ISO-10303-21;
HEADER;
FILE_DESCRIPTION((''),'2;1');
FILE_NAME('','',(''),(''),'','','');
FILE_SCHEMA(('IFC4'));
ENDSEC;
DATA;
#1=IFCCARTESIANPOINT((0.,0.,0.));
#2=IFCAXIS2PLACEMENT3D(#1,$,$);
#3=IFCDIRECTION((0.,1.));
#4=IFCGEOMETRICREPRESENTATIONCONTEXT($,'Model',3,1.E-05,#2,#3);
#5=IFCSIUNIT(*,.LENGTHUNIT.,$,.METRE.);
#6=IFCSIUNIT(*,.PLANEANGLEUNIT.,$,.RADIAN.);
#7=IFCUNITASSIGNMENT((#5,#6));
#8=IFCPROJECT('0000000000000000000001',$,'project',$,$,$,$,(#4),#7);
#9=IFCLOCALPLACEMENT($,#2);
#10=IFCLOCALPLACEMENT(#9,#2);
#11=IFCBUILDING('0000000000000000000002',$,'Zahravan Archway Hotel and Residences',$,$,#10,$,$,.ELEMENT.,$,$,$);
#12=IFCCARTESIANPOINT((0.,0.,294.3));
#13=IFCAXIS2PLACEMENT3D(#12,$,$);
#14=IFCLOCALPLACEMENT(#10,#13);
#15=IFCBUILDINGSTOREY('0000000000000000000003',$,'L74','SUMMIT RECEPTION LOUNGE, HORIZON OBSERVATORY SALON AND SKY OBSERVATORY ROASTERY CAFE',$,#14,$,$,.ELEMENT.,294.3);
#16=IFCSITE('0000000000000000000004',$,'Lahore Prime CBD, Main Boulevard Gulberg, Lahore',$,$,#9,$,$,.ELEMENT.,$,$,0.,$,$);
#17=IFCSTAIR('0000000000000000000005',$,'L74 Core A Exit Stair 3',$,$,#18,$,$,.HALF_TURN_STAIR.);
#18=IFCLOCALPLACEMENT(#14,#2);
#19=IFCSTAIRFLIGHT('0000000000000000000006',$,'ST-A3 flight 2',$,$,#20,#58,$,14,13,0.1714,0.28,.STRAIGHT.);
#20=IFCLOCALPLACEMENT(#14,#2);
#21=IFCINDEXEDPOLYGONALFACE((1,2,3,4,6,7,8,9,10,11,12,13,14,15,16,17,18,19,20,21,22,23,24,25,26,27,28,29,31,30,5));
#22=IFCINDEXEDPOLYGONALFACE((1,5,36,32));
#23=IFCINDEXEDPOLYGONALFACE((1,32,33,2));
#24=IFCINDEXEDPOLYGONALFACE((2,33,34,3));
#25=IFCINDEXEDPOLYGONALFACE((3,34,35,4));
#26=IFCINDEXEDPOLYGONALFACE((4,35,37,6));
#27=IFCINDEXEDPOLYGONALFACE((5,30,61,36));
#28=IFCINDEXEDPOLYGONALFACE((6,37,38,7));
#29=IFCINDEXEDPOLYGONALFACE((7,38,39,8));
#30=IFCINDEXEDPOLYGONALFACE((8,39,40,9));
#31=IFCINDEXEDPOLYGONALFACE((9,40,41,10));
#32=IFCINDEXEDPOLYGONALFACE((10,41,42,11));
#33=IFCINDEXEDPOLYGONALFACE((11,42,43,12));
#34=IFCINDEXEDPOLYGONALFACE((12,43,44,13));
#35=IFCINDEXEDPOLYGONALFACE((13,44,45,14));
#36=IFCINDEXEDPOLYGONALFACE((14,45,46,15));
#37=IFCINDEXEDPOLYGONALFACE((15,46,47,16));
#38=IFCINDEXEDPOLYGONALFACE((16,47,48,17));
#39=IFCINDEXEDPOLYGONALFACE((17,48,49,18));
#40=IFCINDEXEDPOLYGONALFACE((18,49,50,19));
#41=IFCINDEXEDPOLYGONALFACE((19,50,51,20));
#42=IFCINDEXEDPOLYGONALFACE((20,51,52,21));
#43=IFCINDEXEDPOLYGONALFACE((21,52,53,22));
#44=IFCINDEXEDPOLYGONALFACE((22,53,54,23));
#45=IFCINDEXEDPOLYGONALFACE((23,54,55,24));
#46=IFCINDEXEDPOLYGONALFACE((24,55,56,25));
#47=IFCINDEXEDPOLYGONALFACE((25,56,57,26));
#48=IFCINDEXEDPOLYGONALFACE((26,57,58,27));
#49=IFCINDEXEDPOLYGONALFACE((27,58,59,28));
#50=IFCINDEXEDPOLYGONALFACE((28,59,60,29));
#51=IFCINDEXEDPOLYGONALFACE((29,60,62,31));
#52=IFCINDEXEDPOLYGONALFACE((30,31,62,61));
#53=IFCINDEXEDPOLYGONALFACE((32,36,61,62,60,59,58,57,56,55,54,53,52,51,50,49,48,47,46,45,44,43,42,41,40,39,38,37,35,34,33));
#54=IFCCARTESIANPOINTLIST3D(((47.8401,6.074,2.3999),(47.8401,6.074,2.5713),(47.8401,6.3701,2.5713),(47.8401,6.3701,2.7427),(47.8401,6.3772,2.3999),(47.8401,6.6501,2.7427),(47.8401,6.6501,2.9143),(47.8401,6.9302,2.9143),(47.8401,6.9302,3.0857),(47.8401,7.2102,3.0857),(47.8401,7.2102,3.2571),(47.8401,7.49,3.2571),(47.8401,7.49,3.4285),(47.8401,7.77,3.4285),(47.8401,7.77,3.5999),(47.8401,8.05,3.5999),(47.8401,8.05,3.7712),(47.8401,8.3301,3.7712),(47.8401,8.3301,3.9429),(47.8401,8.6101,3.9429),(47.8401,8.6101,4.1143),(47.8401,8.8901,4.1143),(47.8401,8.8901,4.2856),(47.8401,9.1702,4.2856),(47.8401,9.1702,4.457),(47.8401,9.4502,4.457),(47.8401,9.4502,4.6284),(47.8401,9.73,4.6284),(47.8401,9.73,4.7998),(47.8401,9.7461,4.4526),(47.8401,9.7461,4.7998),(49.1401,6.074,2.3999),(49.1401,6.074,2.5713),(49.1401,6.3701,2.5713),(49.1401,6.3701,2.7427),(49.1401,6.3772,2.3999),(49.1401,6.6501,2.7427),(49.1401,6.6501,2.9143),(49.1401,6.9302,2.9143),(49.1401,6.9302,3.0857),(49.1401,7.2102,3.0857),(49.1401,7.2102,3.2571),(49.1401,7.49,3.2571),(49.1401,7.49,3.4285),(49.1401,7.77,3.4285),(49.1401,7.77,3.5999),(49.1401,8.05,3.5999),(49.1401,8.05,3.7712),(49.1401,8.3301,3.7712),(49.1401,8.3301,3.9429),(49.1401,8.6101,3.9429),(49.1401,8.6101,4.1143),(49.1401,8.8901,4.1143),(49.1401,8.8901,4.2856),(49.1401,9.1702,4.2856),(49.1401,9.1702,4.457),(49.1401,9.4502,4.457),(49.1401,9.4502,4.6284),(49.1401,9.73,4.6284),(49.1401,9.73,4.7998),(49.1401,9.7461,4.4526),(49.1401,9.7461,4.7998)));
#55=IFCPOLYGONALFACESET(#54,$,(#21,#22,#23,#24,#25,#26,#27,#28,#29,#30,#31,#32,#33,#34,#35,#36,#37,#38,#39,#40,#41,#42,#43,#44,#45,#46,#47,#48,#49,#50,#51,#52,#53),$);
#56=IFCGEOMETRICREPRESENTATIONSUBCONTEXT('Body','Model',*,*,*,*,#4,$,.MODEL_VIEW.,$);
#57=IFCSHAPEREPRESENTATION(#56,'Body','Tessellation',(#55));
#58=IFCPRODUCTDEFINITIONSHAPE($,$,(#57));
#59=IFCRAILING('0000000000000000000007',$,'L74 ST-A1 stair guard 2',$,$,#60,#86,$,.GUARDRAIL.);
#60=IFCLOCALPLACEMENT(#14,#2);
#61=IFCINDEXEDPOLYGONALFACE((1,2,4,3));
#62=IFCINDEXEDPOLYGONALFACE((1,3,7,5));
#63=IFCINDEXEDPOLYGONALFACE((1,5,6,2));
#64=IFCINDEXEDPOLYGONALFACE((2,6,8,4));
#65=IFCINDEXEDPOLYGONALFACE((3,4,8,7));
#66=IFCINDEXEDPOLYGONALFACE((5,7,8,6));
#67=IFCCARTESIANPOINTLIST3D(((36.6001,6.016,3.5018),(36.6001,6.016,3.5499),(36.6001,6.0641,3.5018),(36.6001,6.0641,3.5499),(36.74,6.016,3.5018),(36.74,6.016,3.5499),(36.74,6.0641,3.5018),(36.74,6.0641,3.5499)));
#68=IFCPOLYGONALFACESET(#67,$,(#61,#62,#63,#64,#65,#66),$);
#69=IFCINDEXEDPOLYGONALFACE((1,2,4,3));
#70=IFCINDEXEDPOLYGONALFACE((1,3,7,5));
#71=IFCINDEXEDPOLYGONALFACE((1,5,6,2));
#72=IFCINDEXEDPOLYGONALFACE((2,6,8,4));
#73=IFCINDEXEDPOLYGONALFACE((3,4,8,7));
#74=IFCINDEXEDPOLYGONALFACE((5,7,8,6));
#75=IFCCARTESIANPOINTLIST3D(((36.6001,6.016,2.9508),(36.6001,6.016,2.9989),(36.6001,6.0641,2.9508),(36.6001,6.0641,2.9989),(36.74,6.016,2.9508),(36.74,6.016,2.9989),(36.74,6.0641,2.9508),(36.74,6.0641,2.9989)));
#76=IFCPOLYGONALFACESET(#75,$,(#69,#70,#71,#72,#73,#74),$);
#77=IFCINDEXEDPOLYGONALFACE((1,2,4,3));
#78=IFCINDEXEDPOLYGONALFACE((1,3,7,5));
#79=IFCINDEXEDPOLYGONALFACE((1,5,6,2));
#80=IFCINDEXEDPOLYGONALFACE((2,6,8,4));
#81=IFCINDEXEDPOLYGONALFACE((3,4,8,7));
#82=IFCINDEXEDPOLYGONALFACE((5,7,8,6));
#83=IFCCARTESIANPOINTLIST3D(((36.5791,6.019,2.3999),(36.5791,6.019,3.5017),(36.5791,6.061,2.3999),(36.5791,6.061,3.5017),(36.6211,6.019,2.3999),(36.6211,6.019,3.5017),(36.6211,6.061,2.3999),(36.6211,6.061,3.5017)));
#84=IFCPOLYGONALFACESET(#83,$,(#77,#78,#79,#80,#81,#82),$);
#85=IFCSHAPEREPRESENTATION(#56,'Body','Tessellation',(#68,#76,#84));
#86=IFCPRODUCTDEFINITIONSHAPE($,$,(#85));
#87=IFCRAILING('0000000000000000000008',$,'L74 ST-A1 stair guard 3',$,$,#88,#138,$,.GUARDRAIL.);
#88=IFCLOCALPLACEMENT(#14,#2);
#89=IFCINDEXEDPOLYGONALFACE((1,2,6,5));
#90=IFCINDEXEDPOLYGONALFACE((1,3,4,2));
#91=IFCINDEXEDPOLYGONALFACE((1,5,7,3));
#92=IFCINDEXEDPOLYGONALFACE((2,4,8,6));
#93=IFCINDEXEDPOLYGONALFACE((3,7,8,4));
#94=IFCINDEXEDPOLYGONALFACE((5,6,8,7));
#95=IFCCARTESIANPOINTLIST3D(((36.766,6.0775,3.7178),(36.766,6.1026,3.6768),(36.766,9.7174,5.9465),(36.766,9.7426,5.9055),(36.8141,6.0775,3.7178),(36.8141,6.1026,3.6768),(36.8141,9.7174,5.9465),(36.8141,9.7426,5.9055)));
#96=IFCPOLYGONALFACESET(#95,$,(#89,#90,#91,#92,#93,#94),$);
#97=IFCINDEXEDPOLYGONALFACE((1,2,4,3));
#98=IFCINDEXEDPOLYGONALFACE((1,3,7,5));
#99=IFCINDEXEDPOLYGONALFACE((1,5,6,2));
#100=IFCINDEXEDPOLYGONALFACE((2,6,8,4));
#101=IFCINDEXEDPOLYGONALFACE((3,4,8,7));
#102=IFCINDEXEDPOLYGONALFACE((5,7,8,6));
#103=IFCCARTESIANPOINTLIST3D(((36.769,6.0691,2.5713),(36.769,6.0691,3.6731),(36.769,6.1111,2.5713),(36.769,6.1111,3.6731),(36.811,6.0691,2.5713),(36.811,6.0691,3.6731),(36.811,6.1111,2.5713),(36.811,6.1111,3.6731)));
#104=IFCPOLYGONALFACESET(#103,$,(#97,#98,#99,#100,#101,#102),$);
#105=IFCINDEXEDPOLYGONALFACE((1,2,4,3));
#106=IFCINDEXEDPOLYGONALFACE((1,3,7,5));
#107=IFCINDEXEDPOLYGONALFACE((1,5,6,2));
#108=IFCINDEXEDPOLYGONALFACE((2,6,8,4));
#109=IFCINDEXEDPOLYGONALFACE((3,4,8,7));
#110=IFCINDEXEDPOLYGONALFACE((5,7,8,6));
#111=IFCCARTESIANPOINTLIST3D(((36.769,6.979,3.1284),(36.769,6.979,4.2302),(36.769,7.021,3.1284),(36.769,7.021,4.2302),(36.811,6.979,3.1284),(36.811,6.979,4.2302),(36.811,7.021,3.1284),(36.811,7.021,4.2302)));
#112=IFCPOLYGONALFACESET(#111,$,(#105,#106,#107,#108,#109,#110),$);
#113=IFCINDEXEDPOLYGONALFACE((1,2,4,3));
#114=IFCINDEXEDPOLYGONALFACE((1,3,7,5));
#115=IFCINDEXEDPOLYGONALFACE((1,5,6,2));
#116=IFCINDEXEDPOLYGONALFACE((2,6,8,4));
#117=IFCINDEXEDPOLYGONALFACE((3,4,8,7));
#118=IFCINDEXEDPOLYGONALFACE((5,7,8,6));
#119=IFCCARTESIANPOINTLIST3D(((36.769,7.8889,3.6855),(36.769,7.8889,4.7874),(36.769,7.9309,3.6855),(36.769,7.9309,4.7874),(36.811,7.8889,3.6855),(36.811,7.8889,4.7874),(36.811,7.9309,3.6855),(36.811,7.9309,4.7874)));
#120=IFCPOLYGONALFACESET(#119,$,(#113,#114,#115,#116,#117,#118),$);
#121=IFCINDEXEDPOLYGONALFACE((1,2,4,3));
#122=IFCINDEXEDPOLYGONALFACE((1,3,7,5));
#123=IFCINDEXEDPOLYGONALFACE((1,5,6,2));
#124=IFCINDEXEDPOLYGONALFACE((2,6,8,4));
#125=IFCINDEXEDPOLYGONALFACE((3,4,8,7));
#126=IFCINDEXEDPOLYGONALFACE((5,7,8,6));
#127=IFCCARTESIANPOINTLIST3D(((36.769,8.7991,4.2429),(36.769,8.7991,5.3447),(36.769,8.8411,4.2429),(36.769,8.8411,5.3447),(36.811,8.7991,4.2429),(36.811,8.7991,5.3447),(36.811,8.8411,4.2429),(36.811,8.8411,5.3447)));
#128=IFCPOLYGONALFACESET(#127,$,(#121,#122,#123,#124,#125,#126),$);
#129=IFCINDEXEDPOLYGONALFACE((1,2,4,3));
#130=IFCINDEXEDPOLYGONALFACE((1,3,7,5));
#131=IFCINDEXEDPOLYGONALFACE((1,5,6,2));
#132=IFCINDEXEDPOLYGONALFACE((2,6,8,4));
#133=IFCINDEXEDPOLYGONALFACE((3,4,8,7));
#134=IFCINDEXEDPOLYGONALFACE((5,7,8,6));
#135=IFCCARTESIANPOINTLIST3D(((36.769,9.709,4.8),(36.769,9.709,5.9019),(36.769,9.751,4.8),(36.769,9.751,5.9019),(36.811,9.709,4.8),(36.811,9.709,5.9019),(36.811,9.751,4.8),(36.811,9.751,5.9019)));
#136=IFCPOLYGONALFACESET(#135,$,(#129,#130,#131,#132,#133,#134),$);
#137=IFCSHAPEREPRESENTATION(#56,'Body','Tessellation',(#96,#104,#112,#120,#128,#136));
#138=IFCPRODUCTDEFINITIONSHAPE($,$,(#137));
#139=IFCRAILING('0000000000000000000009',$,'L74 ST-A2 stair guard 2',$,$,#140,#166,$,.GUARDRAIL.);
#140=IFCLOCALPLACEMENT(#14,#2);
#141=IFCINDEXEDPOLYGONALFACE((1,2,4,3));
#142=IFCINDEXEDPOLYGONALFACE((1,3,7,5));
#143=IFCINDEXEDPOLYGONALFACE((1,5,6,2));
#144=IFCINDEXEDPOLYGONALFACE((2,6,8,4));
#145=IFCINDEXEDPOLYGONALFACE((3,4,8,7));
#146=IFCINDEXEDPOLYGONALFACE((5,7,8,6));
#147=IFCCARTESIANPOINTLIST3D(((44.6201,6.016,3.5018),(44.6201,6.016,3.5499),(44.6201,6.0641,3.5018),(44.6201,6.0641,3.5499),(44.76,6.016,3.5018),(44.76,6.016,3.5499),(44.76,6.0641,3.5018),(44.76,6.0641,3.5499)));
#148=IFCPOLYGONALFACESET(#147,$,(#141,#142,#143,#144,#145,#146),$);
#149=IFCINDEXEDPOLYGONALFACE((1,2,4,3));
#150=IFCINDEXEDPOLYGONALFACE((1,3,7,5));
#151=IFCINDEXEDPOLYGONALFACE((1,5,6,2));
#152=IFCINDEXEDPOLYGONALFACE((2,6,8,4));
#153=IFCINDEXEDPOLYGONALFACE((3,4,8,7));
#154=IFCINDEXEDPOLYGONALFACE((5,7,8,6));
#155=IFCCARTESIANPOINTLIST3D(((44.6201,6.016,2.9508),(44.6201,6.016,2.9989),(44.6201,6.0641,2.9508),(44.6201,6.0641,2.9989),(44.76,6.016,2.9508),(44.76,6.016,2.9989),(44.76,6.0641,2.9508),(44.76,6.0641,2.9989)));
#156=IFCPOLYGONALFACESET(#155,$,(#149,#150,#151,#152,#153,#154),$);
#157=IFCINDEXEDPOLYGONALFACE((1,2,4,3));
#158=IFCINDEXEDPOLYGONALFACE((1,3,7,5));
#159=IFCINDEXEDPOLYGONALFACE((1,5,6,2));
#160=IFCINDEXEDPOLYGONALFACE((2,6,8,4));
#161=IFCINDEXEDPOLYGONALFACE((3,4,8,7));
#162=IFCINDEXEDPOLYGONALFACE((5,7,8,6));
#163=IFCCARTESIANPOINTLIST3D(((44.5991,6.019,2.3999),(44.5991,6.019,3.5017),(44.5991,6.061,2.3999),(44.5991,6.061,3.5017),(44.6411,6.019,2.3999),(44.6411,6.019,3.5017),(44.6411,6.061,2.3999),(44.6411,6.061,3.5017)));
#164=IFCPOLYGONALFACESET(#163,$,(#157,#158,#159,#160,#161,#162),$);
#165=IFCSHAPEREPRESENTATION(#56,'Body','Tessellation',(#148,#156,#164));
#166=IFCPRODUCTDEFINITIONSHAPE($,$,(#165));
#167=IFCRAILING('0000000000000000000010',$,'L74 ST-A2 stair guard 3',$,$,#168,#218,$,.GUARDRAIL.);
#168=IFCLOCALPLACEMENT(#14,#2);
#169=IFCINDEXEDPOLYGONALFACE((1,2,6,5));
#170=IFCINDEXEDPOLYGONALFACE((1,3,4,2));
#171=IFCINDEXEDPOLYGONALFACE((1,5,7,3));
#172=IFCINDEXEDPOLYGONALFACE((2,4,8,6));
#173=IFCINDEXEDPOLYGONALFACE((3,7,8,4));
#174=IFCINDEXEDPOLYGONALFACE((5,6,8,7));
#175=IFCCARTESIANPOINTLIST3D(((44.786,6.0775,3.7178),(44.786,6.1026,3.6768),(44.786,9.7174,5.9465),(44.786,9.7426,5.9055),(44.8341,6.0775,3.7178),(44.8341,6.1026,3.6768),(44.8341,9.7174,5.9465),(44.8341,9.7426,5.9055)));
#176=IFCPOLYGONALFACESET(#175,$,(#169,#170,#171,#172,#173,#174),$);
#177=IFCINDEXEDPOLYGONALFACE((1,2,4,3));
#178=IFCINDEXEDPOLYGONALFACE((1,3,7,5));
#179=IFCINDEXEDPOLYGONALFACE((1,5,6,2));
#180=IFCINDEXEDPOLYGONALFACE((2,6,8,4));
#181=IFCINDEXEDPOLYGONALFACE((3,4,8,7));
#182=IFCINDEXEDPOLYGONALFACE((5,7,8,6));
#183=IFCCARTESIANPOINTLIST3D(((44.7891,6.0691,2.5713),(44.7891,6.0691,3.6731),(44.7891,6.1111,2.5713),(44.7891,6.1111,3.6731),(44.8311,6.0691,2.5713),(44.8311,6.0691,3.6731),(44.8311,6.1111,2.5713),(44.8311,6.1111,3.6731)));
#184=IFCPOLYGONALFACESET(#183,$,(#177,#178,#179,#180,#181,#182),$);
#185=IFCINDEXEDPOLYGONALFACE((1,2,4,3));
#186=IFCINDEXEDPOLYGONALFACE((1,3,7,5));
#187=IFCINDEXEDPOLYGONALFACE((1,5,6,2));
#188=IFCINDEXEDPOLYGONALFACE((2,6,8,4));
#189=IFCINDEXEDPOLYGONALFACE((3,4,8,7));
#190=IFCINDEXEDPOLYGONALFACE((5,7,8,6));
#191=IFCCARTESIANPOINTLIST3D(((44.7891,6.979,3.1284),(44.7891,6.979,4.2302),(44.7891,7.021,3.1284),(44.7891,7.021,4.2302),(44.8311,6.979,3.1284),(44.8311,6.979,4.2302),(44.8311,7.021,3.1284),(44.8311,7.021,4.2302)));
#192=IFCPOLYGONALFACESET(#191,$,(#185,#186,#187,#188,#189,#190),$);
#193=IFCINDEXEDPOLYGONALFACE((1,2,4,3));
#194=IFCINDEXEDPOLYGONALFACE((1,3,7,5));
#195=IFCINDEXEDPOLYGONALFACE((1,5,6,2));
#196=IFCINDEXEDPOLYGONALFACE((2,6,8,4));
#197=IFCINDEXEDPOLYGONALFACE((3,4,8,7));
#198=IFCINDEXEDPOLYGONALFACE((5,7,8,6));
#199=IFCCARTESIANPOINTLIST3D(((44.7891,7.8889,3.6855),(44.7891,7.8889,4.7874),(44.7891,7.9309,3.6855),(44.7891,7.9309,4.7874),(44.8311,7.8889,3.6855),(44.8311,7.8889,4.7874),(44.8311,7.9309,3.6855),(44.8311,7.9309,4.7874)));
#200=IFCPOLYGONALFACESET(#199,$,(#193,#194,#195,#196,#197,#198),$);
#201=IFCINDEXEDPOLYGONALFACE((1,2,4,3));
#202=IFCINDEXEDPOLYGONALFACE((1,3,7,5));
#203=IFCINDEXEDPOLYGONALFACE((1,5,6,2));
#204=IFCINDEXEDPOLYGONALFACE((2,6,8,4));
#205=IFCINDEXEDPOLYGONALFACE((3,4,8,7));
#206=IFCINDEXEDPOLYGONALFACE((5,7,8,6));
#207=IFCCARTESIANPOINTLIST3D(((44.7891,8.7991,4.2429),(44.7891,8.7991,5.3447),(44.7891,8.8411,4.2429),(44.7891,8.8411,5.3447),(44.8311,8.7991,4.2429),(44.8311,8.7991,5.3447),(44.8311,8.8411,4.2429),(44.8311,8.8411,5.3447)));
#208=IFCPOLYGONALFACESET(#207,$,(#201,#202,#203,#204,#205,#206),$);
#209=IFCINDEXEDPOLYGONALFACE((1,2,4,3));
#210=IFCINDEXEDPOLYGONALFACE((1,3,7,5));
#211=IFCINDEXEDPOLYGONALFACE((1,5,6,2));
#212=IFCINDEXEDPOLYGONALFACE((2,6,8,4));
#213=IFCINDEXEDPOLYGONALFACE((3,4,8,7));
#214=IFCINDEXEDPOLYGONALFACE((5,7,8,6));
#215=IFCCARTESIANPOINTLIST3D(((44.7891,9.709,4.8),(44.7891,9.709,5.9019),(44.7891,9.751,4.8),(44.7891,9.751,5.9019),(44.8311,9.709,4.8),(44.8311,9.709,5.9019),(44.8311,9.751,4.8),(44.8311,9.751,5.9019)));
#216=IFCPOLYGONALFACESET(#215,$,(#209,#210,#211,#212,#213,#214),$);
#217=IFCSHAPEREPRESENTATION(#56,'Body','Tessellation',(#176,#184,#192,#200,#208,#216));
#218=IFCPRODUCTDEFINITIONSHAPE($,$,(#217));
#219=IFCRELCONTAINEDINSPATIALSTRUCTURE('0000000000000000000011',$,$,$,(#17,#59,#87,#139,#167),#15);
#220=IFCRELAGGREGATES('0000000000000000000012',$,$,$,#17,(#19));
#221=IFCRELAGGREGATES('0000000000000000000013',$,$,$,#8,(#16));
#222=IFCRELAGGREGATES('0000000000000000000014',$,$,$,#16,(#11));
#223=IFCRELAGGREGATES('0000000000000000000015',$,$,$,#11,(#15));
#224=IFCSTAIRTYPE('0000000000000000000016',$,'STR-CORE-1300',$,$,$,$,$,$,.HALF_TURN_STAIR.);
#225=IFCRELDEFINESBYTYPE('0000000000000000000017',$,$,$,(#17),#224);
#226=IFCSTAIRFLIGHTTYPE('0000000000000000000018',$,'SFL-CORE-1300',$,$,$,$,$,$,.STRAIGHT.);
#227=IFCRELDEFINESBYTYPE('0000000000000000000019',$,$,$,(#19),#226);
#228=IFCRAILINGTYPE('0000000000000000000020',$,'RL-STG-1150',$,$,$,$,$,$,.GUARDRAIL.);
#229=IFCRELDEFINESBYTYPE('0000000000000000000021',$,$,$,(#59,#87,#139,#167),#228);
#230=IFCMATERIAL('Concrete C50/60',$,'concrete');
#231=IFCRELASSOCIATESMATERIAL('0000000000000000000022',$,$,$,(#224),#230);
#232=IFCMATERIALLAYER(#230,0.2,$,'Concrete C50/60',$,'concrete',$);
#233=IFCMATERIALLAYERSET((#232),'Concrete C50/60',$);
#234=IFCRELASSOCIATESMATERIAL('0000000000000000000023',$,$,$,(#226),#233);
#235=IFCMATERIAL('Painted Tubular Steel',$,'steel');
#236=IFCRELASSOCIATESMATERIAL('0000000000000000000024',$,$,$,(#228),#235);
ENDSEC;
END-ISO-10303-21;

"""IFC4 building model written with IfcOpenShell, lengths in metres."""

from ifc_helpers import new_model, si_unit, direction, frame, origin, origin_2d, place, context, subcontext, project, spatial, polyline, rectangle, outline, extrude, source, transform, mapped, material, layer, layer_set, type_object, element, aggregate, save


model = new_model("IFC4")

# Units and contexts
model_context = context("Model", 3, precision=1e-05, world=origin(), true_north=direction((0.0, 1.0)))
body_context = subcontext(model_context, "Body", "Model", "MODEL_VIEW")
ifc_project = project(units=[si_unit("LENGTHUNIT", "METRE"), si_unit("PLANEANGLEUNIT", "RADIAN")], contexts=[model_context])

# Site, building, storey
site_placement = place(None, origin())
site = spatial("IfcSite", under=ifc_project, at=site_placement, Name="Lahore Prime CBD, Main Boulevard Gulberg, Lahore", CompositionType="ELEMENT", RefElevation=0.0)
building_placement = place(site_placement, origin())
building = spatial("IfcBuilding", under=site, at=building_placement, Name="Zahravan Archway Hotel and Residences", CompositionType="ELEMENT")
storey_placement = place(building_placement, frame((0.0, 0.0, 294.3)))
storey = spatial("IfcBuildingStorey", under=building, at=storey_placement, Name="L74", Description="SUMMIT RECEPTION LOUNGE, HORIZON OBSERVATORY SALON AND SKY OBSERVATORY ROASTERY CAFE", CompositionType="ELEMENT", Elevation=294.3)

# Shared definitions
ifc_material_1 = material(Name="Concrete C50/60", Category="concrete")

# Stair, stair flight
stair_type = type_object("IfcStairType", Name="STR-CORE-1300", PredefinedType="HALF_TURN_STAIR", material=ifc_material_1)
ifc_layer_1 = layer(ifc_material_1, 0.2, Name="Concrete C50/60", Category="concrete")
ifc_layer_set_1 = layer_set([ifc_layer_1], Name="Concrete C50/60")
stair_flight_type = type_object("IfcStairFlightType", Name="SFL-CORE-1300", PredefinedType="STRAIGHT", material=ifc_layer_set_1)
shared_shape_1 = source(origin(), body_context, "Body", "SweptSolid", [
    extrude(outline(polyline([(-0.0161, 0.0), (-0.0161, 0.1714), (0.28, 0.1714), (0.28, 0.3428), (0.5601, 0.3428), (0.5601, 0.5144), (0.8401, 0.5144), (0.8401, 0.6858), (1.1201, 0.6858), (1.1201, 0.8572), (1.3999, 0.8572), (1.3999, 1.0286), (1.6799, 1.0286), (1.6799, 1.2), (1.96, 1.2), (1.96, 1.3713), (2.24, 1.3713), (2.24, 1.543), (2.52, 1.543), (2.52, 1.7144), (2.8, 1.7144), (2.8, 1.8857), (3.0801, 1.8857), (3.0801, 2.0571), (3.3601, 2.0571), (3.3601, 2.2285), (3.6399, 2.2285), (3.6399, 2.3999), (3.656, 2.3999), (3.656, 2.0527), (0.2871, 0.0), (-0.0161, 0.0)])), frame((0.0, 0.6499, 0.0), z_axis=(0.0, -1.0, 0.0), x_axis=(1.0, 0.0, 0.0)), (0.0, 0.0, 1.0), 1.3),
])
stair_1_placement = place(storey_placement, origin())
stair_1 = element("IfcStair", 1, at=stair_1_placement, inside=storey, type_object=stair_type, Name="L74 Core A Exit Stair 3", PredefinedType="HALF_TURN_STAIR")
stair_flight_1_placement = place(storey_placement, frame((48.49, 6.0901, 2.3999), z_axis=(0.0, 0.0, 1.0), x_axis=(0.0, 1.0, 0.0)))
stair_flight_1 = element("IfcStairFlight", 2, at=stair_flight_1_placement, type_object=stair_flight_type, Name="ST-A3 flight 2", NumberOfRisers=14, NumberOfTreads=13, PredefinedType="STRAIGHT", RiserHeight=0.1714, TreadLength=0.28, context=body_context, shape_type="MappedRepresentation", body=[
    mapped(shared_shape_1, transform((0.0, 0.0, 0.0), scale=1.0)),
])
aggregate(stair_1, [stair_flight_1])

# Railings
ifc_material_2 = material(Name="Painted Tubular Steel", Category="steel")
railing_type_1 = type_object("IfcRailingType", Name="RL-STG-1150", PredefinedType="GUARDRAIL", material=ifc_material_2)
railing_1_placement = place(storey_placement, frame((36.6001, 6.04, 2.3999)))
element("IfcRailing", 3, at=railing_1_placement, inside=storey, type_object=railing_type_1, Name="L74 ST-A1 stair guard 2", PredefinedType="GUARDRAIL", context=body_context, shape_type="SweptSolid", body=[
    extrude(rectangle(XDim=0.0481, YDim=0.0481, at=origin_2d()), frame((0.0, 0.0, 1.126), z_axis=(1.0, 0.0, 0.0), x_axis=(0.0, 1.0, 0.0)), (0.0, 0.0, 1.0), 0.1399),
    extrude(rectangle(XDim=0.0481, YDim=0.0481, at=origin_2d()), frame((0.0, 0.0, 0.575), z_axis=(1.0, 0.0, 0.0), x_axis=(0.0, 1.0, 0.0)), (0.0, 0.0, 1.0), 0.1399),
    extrude(rectangle(XDim=0.042, YDim=0.042, at=origin_2d()), origin(), (0.0, 0.0, 1.0), 1.1018),
])
railing_2_placement = place(storey_placement, frame((36.79, 6.0901, 2.5713)))
element("IfcRailing", 4, at=railing_2_placement, inside=storey, type_object=railing_type_1, Name="L74 ST-A1 stair guard 3", PredefinedType="GUARDRAIL", context=body_context, shape_type="SweptSolid", body=[
    extrude(rectangle(XDim=0.0481, YDim=0.0481, at=origin_2d()), frame((0.0, 0.0, 1.126), z_axis=(0.0, 0.852825, 0.522197), x_axis=(-1.0, 0.0, 0.0)), (0.0, 0.0, 1.0), 4.2681),
    extrude(rectangle(XDim=0.042, YDim=0.042, at=origin_2d()), origin(), (0.0, 0.0, 1.0), 1.1018),
    extrude(rectangle(XDim=0.042, YDim=0.042, at=origin_2d()), frame((0.0, 0.9099, 0.5571)), (0.0, 0.0, 1.0), 1.1018),
    extrude(rectangle(XDim=0.042, YDim=0.042, at=origin_2d()), frame((0.0, 1.8198, 1.1143)), (0.0, 0.0, 1.0), 1.1018),
    extrude(rectangle(XDim=0.042, YDim=0.042, at=origin_2d()), frame((0.0, 2.73, 1.6716)), (0.0, 0.0, 1.0), 1.1018),
    extrude(rectangle(XDim=0.042, YDim=0.042, at=origin_2d()), frame((0.0, 3.6399, 2.2288)), (0.0, 0.0, 1.0), 1.1018),
])
railing_3_placement = place(storey_placement, frame((44.6201, 6.04, 2.3999)))
element("IfcRailing", 5, at=railing_3_placement, inside=storey, type_object=railing_type_1, Name="L74 ST-A2 stair guard 2", PredefinedType="GUARDRAIL", context=body_context, shape_type="SweptSolid", body=[
    extrude(rectangle(XDim=0.0481, YDim=0.0481, at=origin_2d()), frame((0.0, 0.0, 1.126), z_axis=(1.0, 0.0, 0.0), x_axis=(0.0, 1.0, 0.0)), (0.0, 0.0, 1.0), 0.1399),
    extrude(rectangle(XDim=0.0481, YDim=0.0481, at=origin_2d()), frame((0.0, 0.0, 0.575), z_axis=(1.0, 0.0, 0.0), x_axis=(0.0, 1.0, 0.0)), (0.0, 0.0, 1.0), 0.1399),
    extrude(rectangle(XDim=0.042, YDim=0.042, at=origin_2d()), origin(), (0.0, 0.0, 1.0), 1.1018),
])
railing_4_placement = place(storey_placement, frame((44.8101, 6.0901, 2.5713)))
element("IfcRailing", 6, at=railing_4_placement, inside=storey, type_object=railing_type_1, Name="L74 ST-A2 stair guard 3", PredefinedType="GUARDRAIL", context=body_context, shape_type="SweptSolid", body=[
    extrude(rectangle(XDim=0.0481, YDim=0.0481, at=origin_2d()), frame((0.0, 0.0, 1.126), z_axis=(0.0, 0.852825, 0.522197), x_axis=(-1.0, 0.0, 0.0)), (0.0, 0.0, 1.0), 4.2681),
    extrude(rectangle(XDim=0.042, YDim=0.042, at=origin_2d()), origin(), (0.0, 0.0, 1.0), 1.1018),
    extrude(rectangle(XDim=0.042, YDim=0.042, at=origin_2d()), frame((0.0, 0.9099, 0.5571)), (0.0, 0.0, 1.0), 1.1018),
    extrude(rectangle(XDim=0.042, YDim=0.042, at=origin_2d()), frame((0.0, 1.8198, 1.1143)), (0.0, 0.0, 1.0), 1.1018),
    extrude(rectangle(XDim=0.042, YDim=0.042, at=origin_2d()), frame((0.0, 2.73, 1.6716)), (0.0, 0.0, 1.0), 1.1018),
    extrude(rectangle(XDim=0.042, YDim=0.042, at=origin_2d()), frame((0.0, 3.6399, 2.2288)), (0.0, 0.0, 1.0), 1.1018),
])

save(model, "model.ifc")
